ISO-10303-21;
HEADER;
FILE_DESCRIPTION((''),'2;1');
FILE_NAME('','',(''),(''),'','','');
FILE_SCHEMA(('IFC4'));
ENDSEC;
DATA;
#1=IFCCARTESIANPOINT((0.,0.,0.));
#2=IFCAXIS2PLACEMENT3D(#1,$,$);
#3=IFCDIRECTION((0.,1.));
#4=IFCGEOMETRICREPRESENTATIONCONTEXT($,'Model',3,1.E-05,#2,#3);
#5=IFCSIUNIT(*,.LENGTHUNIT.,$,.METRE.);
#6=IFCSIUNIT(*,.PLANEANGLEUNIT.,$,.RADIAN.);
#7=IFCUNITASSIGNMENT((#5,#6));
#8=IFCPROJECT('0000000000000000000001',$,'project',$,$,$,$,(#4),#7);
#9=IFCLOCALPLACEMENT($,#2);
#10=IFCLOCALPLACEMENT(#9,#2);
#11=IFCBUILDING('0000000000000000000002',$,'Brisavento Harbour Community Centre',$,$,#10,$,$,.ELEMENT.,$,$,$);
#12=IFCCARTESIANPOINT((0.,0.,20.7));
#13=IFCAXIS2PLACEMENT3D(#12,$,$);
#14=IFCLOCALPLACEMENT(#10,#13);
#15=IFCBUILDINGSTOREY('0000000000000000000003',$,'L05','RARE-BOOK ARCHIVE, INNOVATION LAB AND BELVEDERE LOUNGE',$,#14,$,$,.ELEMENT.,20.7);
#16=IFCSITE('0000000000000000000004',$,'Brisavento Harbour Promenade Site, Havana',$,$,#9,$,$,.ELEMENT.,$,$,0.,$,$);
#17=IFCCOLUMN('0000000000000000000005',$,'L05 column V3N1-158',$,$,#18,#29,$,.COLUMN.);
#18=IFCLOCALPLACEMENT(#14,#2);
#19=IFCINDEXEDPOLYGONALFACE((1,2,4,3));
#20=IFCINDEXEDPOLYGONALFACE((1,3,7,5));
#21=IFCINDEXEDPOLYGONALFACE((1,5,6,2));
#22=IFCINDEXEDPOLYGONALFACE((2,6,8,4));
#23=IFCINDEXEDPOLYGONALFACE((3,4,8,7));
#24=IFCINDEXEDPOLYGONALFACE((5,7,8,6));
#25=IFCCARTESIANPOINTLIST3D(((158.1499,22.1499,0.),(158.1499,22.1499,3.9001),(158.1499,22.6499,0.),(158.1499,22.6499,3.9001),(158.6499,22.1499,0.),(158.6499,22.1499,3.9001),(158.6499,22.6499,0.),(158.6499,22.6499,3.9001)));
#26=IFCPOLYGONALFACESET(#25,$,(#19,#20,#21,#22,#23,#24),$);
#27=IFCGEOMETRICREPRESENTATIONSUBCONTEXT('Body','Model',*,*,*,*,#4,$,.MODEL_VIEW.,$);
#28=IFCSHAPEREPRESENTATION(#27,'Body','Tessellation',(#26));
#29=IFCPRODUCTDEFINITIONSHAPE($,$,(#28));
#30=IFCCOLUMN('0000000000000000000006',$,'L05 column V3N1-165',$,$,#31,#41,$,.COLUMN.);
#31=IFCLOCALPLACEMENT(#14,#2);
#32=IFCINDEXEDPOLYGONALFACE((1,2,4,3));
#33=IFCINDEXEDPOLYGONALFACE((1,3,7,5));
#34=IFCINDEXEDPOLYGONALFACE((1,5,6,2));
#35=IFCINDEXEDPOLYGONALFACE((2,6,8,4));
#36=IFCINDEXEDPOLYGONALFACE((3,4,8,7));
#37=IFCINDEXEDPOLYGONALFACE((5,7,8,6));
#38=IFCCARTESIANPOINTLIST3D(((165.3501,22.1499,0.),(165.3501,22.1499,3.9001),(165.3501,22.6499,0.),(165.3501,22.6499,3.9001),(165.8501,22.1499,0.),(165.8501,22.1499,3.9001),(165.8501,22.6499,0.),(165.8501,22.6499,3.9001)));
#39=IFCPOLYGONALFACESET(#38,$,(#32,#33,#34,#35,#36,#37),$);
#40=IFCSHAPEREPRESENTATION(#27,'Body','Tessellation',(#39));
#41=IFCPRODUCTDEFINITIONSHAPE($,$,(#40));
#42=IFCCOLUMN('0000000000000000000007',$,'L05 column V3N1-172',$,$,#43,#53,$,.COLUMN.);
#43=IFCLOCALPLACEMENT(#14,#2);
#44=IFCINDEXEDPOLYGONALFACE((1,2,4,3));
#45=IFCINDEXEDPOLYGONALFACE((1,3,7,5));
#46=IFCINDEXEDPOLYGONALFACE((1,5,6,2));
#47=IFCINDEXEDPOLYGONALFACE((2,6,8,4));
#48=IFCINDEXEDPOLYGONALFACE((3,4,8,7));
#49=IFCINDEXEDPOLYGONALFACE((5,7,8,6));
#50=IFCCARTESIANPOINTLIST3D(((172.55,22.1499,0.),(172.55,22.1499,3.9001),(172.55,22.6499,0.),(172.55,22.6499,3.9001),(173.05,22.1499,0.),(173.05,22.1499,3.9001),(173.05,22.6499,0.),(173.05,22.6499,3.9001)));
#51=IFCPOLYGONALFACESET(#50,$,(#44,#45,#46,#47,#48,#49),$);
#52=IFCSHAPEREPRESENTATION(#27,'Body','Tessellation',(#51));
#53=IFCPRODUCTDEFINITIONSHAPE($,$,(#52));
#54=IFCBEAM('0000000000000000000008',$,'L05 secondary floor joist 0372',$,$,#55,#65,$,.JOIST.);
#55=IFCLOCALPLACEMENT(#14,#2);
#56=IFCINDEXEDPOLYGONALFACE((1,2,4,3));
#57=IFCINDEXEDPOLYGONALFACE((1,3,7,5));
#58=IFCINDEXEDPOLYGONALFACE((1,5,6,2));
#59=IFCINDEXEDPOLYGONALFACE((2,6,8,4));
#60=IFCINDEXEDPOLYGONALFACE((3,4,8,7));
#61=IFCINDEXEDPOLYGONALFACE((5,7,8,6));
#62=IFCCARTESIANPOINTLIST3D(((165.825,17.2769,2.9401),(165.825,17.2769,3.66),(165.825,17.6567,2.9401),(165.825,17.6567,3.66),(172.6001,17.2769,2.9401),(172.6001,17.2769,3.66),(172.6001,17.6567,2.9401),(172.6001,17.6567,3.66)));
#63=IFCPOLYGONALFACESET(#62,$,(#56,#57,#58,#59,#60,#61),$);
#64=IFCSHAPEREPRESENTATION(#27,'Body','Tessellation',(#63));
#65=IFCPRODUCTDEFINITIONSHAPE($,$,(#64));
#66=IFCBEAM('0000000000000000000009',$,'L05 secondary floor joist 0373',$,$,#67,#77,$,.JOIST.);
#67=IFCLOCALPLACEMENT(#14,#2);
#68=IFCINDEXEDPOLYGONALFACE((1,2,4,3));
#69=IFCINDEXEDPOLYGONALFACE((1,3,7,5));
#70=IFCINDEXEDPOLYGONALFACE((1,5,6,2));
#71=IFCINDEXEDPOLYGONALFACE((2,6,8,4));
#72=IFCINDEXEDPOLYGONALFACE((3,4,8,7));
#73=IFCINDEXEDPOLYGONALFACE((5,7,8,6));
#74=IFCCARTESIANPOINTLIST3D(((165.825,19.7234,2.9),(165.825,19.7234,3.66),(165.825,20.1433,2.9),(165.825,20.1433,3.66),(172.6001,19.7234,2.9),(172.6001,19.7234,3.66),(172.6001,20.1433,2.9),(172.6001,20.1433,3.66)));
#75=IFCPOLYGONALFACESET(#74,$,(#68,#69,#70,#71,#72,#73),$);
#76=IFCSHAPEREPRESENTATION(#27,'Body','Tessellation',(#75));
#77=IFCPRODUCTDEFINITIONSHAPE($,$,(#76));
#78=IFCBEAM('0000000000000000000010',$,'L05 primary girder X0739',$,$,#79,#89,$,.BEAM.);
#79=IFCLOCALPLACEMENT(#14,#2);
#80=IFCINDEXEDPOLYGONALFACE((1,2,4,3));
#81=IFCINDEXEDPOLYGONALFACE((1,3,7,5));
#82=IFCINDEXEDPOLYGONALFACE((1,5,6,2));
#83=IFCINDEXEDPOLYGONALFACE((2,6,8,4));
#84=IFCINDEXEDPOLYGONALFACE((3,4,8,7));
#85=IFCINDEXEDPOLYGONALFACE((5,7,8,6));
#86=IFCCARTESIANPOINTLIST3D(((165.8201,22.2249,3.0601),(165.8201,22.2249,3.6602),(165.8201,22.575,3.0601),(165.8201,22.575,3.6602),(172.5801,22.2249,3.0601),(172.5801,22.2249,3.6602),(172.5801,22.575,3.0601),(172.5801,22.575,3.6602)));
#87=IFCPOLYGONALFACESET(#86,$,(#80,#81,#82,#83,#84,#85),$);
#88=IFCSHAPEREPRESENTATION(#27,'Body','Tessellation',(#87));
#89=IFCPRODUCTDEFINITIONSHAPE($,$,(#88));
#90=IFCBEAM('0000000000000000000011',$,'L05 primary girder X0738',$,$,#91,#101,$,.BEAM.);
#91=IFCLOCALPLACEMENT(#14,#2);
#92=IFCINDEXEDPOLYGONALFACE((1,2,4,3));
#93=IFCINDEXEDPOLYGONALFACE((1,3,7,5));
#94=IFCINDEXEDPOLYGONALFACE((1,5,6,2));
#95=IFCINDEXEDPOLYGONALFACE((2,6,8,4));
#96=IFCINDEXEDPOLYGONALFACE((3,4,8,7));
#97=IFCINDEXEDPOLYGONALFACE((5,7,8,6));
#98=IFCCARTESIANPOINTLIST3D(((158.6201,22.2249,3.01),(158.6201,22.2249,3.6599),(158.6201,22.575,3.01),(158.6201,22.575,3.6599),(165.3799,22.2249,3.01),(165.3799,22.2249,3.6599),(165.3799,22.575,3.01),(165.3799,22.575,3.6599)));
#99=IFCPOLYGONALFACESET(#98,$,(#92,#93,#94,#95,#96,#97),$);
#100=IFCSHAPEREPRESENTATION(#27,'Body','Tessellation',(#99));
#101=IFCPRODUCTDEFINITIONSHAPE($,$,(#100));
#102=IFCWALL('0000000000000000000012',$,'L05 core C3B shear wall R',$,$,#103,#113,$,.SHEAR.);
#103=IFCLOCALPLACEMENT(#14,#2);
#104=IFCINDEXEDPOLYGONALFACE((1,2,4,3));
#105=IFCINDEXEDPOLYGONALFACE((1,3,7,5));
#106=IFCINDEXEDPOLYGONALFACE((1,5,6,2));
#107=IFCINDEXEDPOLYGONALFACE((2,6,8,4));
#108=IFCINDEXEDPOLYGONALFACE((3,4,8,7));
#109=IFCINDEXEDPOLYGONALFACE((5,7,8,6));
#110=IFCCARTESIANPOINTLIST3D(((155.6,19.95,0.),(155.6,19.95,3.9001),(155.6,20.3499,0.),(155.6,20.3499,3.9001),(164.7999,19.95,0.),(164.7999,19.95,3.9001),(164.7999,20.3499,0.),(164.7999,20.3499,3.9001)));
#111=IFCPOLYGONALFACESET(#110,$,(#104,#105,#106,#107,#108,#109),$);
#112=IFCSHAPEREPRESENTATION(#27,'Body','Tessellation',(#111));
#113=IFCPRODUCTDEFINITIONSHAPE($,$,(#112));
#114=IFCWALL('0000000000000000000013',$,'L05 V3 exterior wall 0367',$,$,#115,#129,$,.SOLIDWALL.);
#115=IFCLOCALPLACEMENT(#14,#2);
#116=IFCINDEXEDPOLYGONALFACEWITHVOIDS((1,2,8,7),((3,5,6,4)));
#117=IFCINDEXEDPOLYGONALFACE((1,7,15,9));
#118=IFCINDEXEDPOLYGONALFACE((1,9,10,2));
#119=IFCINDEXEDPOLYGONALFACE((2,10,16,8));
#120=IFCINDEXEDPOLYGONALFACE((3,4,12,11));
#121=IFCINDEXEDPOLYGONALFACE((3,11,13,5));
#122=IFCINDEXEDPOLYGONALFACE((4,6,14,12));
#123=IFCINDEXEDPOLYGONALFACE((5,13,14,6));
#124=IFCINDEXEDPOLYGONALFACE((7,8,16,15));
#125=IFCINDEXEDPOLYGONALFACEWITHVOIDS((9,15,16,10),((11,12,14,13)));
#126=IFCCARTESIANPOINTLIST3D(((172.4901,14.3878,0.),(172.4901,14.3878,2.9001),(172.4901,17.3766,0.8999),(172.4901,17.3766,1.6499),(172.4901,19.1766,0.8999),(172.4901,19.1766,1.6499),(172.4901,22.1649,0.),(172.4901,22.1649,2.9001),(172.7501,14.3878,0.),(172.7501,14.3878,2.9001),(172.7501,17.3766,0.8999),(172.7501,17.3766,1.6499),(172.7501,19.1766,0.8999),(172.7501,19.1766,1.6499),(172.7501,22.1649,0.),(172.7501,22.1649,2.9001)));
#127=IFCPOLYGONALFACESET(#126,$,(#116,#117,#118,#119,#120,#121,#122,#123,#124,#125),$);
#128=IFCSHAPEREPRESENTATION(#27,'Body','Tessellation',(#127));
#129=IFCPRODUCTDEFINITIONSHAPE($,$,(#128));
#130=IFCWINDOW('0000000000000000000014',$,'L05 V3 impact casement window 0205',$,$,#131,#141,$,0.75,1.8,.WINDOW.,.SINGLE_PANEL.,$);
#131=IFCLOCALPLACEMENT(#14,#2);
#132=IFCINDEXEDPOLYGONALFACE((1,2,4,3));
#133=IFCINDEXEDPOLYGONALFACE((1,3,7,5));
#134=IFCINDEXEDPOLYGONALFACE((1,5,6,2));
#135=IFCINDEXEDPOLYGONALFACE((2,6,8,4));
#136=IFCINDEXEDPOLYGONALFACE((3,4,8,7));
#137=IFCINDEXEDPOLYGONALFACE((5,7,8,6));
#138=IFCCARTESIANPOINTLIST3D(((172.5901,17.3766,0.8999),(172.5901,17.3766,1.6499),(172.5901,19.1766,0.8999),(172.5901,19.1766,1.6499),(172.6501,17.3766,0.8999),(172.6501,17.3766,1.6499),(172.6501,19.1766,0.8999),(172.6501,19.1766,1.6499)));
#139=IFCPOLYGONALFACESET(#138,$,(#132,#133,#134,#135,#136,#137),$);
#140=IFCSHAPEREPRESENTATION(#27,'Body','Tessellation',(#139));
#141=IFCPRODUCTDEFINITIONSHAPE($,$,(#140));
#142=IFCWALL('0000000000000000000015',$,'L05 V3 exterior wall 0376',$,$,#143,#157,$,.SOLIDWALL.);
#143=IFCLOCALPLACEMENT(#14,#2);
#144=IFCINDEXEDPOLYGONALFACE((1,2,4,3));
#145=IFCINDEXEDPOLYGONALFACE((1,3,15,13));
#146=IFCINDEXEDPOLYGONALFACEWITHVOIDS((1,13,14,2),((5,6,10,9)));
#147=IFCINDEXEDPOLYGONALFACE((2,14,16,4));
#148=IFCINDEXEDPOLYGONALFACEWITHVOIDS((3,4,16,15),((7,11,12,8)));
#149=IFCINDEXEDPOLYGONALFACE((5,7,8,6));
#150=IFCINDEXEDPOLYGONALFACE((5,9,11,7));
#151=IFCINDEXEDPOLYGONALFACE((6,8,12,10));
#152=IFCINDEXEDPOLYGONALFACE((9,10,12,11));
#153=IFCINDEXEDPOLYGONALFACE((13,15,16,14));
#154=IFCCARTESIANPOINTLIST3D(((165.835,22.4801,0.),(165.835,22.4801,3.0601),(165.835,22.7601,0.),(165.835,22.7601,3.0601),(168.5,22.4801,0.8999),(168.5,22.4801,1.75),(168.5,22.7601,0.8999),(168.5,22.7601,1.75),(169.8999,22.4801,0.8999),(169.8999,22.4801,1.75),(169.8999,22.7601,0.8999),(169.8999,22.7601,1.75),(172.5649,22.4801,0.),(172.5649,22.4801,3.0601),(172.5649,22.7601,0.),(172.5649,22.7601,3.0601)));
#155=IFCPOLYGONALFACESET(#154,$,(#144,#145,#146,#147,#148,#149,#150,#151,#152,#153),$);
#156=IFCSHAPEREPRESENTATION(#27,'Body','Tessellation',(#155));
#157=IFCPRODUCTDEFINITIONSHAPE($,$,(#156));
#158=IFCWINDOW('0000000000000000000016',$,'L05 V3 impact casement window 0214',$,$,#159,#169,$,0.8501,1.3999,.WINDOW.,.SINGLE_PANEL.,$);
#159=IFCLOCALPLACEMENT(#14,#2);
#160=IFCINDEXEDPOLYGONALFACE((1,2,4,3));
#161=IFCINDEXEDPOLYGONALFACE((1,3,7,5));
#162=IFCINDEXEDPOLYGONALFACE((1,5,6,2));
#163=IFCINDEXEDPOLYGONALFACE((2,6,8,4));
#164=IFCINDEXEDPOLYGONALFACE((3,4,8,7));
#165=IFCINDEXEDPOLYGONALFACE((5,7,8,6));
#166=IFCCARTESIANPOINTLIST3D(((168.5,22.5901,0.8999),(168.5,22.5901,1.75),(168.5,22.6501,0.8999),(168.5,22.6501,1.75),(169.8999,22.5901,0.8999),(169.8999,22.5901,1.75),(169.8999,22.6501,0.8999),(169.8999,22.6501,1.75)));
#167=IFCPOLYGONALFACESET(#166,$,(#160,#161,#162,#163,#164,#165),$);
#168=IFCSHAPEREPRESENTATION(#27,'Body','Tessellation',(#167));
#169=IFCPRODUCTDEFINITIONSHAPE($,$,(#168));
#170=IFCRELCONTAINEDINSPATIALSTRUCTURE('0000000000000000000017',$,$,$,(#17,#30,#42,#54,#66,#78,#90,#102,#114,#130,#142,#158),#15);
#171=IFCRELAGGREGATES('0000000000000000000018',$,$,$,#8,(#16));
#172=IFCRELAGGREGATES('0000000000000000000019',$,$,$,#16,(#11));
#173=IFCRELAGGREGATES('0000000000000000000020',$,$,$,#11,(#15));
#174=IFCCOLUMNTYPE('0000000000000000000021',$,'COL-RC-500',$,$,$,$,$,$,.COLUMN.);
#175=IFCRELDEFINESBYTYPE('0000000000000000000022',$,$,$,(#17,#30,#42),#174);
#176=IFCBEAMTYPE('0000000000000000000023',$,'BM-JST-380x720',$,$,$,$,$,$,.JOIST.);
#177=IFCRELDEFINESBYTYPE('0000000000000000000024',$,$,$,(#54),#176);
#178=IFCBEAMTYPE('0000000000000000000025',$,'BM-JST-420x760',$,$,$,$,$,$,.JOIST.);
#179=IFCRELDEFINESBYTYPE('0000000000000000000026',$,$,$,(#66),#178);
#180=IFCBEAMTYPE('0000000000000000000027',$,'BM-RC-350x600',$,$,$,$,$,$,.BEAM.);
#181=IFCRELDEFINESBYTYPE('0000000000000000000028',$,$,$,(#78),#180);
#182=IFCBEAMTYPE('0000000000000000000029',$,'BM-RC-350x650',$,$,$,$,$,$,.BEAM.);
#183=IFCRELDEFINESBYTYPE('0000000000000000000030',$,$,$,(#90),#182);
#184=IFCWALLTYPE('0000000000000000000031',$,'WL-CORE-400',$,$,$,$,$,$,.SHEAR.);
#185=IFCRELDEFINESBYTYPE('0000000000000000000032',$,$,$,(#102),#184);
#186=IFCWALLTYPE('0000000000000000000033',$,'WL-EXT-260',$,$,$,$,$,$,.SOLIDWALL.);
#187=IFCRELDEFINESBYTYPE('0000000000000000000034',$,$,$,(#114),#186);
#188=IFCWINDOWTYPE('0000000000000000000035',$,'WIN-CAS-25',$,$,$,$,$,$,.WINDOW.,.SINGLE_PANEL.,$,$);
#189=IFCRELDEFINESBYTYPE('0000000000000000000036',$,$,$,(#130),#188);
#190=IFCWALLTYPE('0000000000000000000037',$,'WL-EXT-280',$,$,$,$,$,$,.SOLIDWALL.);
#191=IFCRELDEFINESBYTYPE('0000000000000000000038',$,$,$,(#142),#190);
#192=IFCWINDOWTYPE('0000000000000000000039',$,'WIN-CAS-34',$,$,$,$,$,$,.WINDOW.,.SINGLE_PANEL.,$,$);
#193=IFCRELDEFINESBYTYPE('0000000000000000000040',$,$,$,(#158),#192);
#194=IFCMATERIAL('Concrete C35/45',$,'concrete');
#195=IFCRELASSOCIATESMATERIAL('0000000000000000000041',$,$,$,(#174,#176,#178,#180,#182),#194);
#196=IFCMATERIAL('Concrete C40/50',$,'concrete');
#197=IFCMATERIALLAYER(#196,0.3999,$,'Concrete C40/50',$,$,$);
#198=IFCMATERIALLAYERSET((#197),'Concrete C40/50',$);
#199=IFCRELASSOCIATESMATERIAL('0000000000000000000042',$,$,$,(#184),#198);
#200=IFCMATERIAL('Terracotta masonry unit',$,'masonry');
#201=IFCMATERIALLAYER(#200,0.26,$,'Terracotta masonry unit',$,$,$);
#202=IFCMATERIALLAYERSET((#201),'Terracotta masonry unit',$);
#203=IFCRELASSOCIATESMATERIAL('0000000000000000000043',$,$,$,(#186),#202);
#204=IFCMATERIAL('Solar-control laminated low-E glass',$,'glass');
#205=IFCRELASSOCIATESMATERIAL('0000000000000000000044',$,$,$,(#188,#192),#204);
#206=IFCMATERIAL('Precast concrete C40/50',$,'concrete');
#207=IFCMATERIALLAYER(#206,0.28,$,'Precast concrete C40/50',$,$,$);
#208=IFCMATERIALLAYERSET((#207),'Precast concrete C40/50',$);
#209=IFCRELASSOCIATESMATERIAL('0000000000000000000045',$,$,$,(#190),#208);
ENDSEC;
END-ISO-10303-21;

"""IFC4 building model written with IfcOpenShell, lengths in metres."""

from ifc_helpers import new_model, si_unit, direction, frame, frame_2d, origin, origin_2d, place, context, subcontext, project, spatial, rectangle, extrude, material, layer, layer_set, material_profile, profile_set, type_object, element, fill, save


model = new_model("IFC4")

# Units and contexts
model_context = context("Model", 3, precision=1e-05, world=origin(), true_north=direction((0.0, 1.0)))
body_context = subcontext(model_context, "Body", "Model", "MODEL_VIEW")
ifc_project = project(units=[si_unit("LENGTHUNIT", "METRE"), si_unit("PLANEANGLEUNIT", "RADIAN")], contexts=[model_context])

# Site, building, storey
site_placement = place(None, origin())
site = spatial("IfcSite", under=ifc_project, at=site_placement, Name="Brisavento Harbour Promenade Site, Havana", CompositionType="ELEMENT", RefElevation=0.0)
building_placement = place(site_placement, origin())
building = spatial("IfcBuilding", under=site, at=building_placement, Name="Brisavento Harbour Community Centre", CompositionType="ELEMENT")
storey_placement = place(building_placement, frame((0.0, 0.0, 20.7)))
storey = spatial("IfcBuildingStorey", under=building, at=storey_placement, Name="L05", Description="RARE-BOOK ARCHIVE, INNOVATION LAB AND BELVEDERE LOUNGE", CompositionType="ELEMENT", Elevation=20.7)

# Columns
ifc_material_1 = material(Name="Concrete C35/45", Category="concrete")
ifc_material_profile_1 = material_profile(ifc_material_1, rectangle(XDim=0.5, YDim=0.5, at=origin_2d()), Name="Concrete C35/45")
ifc_profile_set_1 = profile_set([ifc_material_profile_1], Name="Concrete C35/45")
column_type = type_object("IfcColumnType", Name="COL-RC-500", PredefinedType="COLUMN", material=ifc_profile_set_1)
for number, where, z_axis, x_axis, name in (
    (1, (158.3999, 22.3999, 0.0), (0.0, 0.0, 1.0), (1.0, 0.0, 0.0), "L05 column V3N1-158"),
    (2, (165.6001, 22.3999, 0.0), (0.0, 0.0, 1.0), (1.0, 0.0, 0.0), "L05 column V3N1-165"),
    (3, (172.8, 22.3999, 0.0), (0.0, 0.0, 1.0), (1.0, 0.0, 0.0), "L05 column V3N1-172"),
):
    element("IfcColumn", number, at=place(storey_placement, frame(where, z_axis=z_axis, x_axis=x_axis)), inside=storey, type_object=column_type, Name=name, PredefinedType="COLUMN", context=body_context, shape_type="SweptSolid", body=[
        extrude(rectangle(XDim=0.5, YDim=0.5, at=origin_2d()), origin(), (0.0, 0.0, 1.0), 3.9001),
    ])

# Beams
ifc_material_profile_2 = material_profile(ifc_material_1, rectangle(XDim=0.3799, YDim=0.72, at=origin_2d()), Name="Concrete C35/45")
ifc_profile_set_2 = profile_set([ifc_material_profile_2], Name="Concrete C35/45")
beam_type_1 = type_object("IfcBeamType", Name="BM-JST-380x720", PredefinedType="JOIST", material=ifc_profile_set_2)
beam_1_placement = place(storey_placement, frame((165.825, 17.4668, 3.3), z_axis=(1.0, 0.0, 0.0), x_axis=(0.0, 1.0, 0.0)))
element("IfcBeam", 4, at=beam_1_placement, inside=storey, type_object=beam_type_1, Name="L05 secondary floor joist 0372", PredefinedType="JOIST", context=body_context, shape_type="SweptSolid", body=[
    extrude(rectangle(XDim=0.3799, YDim=0.72, at=origin_2d()), origin(), (0.0, 0.0, 1.0), 6.7751),
])
ifc_material_profile_3 = material_profile(ifc_material_1, rectangle(XDim=0.4199, YDim=0.76, at=origin_2d()), Name="Concrete C35/45")
ifc_profile_set_3 = profile_set([ifc_material_profile_3], Name="Concrete C35/45")
beam_type_2 = type_object("IfcBeamType", Name="BM-JST-420x760", PredefinedType="JOIST", material=ifc_profile_set_3)
beam_2_placement = place(storey_placement, frame((165.825, 19.9333, 3.28), z_axis=(1.0, 0.0, 0.0), x_axis=(0.0, 1.0, 0.0)))
element("IfcBeam", 5, at=beam_2_placement, inside=storey, type_object=beam_type_2, Name="L05 secondary floor joist 0373", PredefinedType="JOIST", context=body_context, shape_type="SweptSolid", body=[
    extrude(rectangle(XDim=0.4199, YDim=0.76, at=origin_2d()), origin(), (0.0, 0.0, 1.0), 6.7751),
])
ifc_material_profile_4 = material_profile(ifc_material_1, rectangle(XDim=0.3501, YDim=0.6001, at=origin_2d()), Name="Concrete C35/45")
ifc_profile_set_4 = profile_set([ifc_material_profile_4], Name="Concrete C35/45")
beam_type_3 = type_object("IfcBeamType", Name="BM-RC-350x600", PredefinedType="BEAM", material=ifc_profile_set_4)
beam_3_placement = place(storey_placement, frame((165.8201, 22.3999, 3.3601), z_axis=(1.0, 0.0, 0.0), x_axis=(0.0, 1.0, 0.0)))
element("IfcBeam", 6, at=beam_3_placement, inside=storey, type_object=beam_type_3, Name="L05 primary girder X0739", PredefinedType="BEAM", context=body_context, shape_type="SweptSolid", body=[
    extrude(rectangle(XDim=0.3501, YDim=0.6001, at=origin_2d()), origin(), (0.0, 0.0, 1.0), 6.76),
])
ifc_material_profile_5 = material_profile(ifc_material_1, rectangle(XDim=0.3501, YDim=0.6499, at=origin_2d()), Name="Concrete C35/45")
ifc_profile_set_5 = profile_set([ifc_material_profile_5], Name="Concrete C35/45")
beam_type_4 = type_object("IfcBeamType", Name="BM-RC-350x650", PredefinedType="BEAM", material=ifc_profile_set_5)
beam_4_placement = place(storey_placement, frame((158.6201, 22.3999, 3.335), z_axis=(1.0, 0.0, 0.0), x_axis=(0.0, 1.0, 0.0)))
element("IfcBeam", 7, at=beam_4_placement, inside=storey, type_object=beam_type_4, Name="L05 primary girder X0738", PredefinedType="BEAM", context=body_context, shape_type="SweptSolid", body=[
    extrude(rectangle(XDim=0.3501, YDim=0.6499, at=origin_2d()), origin(), (0.0, 0.0, 1.0), 6.7598),
])

# Wall
ifc_material_2 = material(Name="Concrete C40/50", Category="concrete")
ifc_layer_1 = layer(ifc_material_2, 0.3999, Name="Concrete C40/50")
ifc_layer_set_1 = layer_set([ifc_layer_1], Name="Concrete C40/50")
wall_type_1 = type_object("IfcWallType", Name="WL-CORE-400", PredefinedType="SHEAR", material=ifc_layer_set_1)
wall_1_placement = place(storey_placement, frame((164.8, 20.1499, 0.0), z_axis=(0.0, 0.0, 1.0), x_axis=(-1.0, 0.0, 0.0)))
element("IfcWall", 8, at=wall_1_placement, inside=storey, type_object=wall_type_1, Name="L05 core C3B shear wall R", PredefinedType="SHEAR", context=body_context, shape_type="SweptSolid", body=[
    extrude(rectangle(XDim=9.2, YDim=0.3999, at=frame_2d((4.6001, 0.0))), origin(), (0.0, 0.0, 1.0), 3.9001),
])

# Walls, openings, windows
ifc_material_3 = material(Name="Terracotta masonry unit", Category="masonry")
ifc_layer_2 = layer(ifc_material_3, 0.26, Name="Terracotta masonry unit")
ifc_layer_set_2 = layer_set([ifc_layer_2], Name="Terracotta masonry unit")
wall_type_2 = type_object("IfcWallType", Name="WL-EXT-260", PredefinedType="SOLIDWALL", material=ifc_layer_set_2)
wall_2_placement = place(storey_placement, frame((172.6201, 22.165, 0.0), z_axis=(0.0, 0.0, 1.0), x_axis=(0.0, -1.0, 0.0)))
wall_2 = element("IfcWall", 9, at=wall_2_placement, inside=storey, type_object=wall_type_2, Name="L05 V3 exterior wall 0367", PredefinedType="SOLIDWALL", context=body_context, shape_type="SweptSolid", body=[
    extrude(rectangle(XDim=7.7771, YDim=0.26, at=frame_2d((3.8887, 0.0))), origin(), (0.0, 0.0, 1.0), 2.9001),
])
opening_1_placement = place(wall_2_placement, frame((2.9885, 0.0, 0.8999)))
opening_1 = element("IfcOpeningElement", 10, at=opening_1_placement, cuts=wall_2, PredefinedType="OPENING", context=body_context, shape_type="SweptSolid", body=[
    extrude(rectangle(XDim=1.8, YDim=0.75, at=frame_2d((0.8999, 0.375))), frame((0.0, 0.1401, 0.0), z_axis=(0.0, -1.0, 0.0), x_axis=(1.0, 0.0, 0.0)), (0.0, 0.0, 1.0), 0.28),
])
ifc_material_4 = material(Name="Solar-control laminated low-E glass", Category="glass")
window_type_1 = type_object("IfcWindowType", Name="WIN-CAS-25", PartitioningType="SINGLE_PANEL", PredefinedType="WINDOW", material=ifc_material_4)
window_1_placement = place(opening_1_placement, origin())
window_1 = element("IfcWindow", 11, at=window_1_placement, inside=storey, type_object=window_type_1, Name="L05 V3 impact casement window 0205", OverallHeight=0.75, OverallWidth=1.8, PartitioningType="SINGLE_PANEL", PredefinedType="WINDOW", context=body_context, shape_type="SweptSolid", body=[
    extrude(rectangle(XDim=1.8, YDim=0.75, at=frame_2d((0.8999, 0.375))), frame((0.0, 0.03, 0.0), z_axis=(0.0, -1.0, 0.0), x_axis=(1.0, 0.0, 0.0)), (0.0, 0.0, 1.0), 0.0601),
])
fill(opening_1, window_1)
ifc_material_5 = material(Name="Precast concrete C40/50", Category="concrete")
ifc_layer_3 = layer(ifc_material_5, 0.28, Name="Precast concrete C40/50")
ifc_layer_set_3 = layer_set([ifc_layer_3], Name="Precast concrete C40/50")
wall_type_3 = type_object("IfcWallType", Name="WL-EXT-280", PredefinedType="SOLIDWALL", material=ifc_layer_set_3)
wall_3_placement = place(storey_placement, frame((165.835, 22.6201, 0.0), z_axis=(0.0, 0.0, 1.0), x_axis=(1.0, 0.0, 0.0)))
wall_3 = element("IfcWall", 12, at=wall_3_placement, inside=storey, type_object=wall_type_3, Name="L05 V3 exterior wall 0376", PredefinedType="SOLIDWALL", context=body_context, shape_type="SweptSolid", body=[
    extrude(rectangle(XDim=6.73, YDim=0.28, at=frame_2d((3.365, 0.0))), origin(), (0.0, 0.0, 1.0), 3.0601),
])
opening_2_placement = place(wall_3_placement, frame((2.665, 0.0, 0.8999)))
opening_2 = element("IfcOpeningElement", 13, at=opening_2_placement, cuts=wall_3, PredefinedType="OPENING", context=body_context, shape_type="SweptSolid", body=[
    extrude(rectangle(XDim=1.3999, YDim=0.8501, at=frame_2d((0.7, 0.425))), frame((0.0, 0.1499, 0.0), z_axis=(0.0, -1.0, 0.0), x_axis=(1.0, 0.0, 0.0)), (0.0, 0.0, 1.0), 0.3),
])
window_type_2 = type_object("IfcWindowType", Name="WIN-CAS-34", PartitioningType="SINGLE_PANEL", PredefinedType="WINDOW", material=ifc_material_4)
window_2_placement = place(opening_2_placement, origin())
window_2 = element("IfcWindow", 14, at=window_2_placement, inside=storey, type_object=window_type_2, Name="L05 V3 impact casement window 0214", OverallHeight=0.8501, OverallWidth=1.3999, PartitioningType="SINGLE_PANEL", PredefinedType="WINDOW", context=body_context, shape_type="SweptSolid", body=[
    extrude(rectangle(XDim=1.3999, YDim=0.8501, at=frame_2d((0.7, 0.425))), frame((0.0, 0.03, 0.0), z_axis=(0.0, -1.0, 0.0), x_axis=(1.0, 0.0, 0.0)), (0.0, 0.0, 1.0), 0.0601),
])
fill(opening_2, window_2)

save(model, "model.ifc")
